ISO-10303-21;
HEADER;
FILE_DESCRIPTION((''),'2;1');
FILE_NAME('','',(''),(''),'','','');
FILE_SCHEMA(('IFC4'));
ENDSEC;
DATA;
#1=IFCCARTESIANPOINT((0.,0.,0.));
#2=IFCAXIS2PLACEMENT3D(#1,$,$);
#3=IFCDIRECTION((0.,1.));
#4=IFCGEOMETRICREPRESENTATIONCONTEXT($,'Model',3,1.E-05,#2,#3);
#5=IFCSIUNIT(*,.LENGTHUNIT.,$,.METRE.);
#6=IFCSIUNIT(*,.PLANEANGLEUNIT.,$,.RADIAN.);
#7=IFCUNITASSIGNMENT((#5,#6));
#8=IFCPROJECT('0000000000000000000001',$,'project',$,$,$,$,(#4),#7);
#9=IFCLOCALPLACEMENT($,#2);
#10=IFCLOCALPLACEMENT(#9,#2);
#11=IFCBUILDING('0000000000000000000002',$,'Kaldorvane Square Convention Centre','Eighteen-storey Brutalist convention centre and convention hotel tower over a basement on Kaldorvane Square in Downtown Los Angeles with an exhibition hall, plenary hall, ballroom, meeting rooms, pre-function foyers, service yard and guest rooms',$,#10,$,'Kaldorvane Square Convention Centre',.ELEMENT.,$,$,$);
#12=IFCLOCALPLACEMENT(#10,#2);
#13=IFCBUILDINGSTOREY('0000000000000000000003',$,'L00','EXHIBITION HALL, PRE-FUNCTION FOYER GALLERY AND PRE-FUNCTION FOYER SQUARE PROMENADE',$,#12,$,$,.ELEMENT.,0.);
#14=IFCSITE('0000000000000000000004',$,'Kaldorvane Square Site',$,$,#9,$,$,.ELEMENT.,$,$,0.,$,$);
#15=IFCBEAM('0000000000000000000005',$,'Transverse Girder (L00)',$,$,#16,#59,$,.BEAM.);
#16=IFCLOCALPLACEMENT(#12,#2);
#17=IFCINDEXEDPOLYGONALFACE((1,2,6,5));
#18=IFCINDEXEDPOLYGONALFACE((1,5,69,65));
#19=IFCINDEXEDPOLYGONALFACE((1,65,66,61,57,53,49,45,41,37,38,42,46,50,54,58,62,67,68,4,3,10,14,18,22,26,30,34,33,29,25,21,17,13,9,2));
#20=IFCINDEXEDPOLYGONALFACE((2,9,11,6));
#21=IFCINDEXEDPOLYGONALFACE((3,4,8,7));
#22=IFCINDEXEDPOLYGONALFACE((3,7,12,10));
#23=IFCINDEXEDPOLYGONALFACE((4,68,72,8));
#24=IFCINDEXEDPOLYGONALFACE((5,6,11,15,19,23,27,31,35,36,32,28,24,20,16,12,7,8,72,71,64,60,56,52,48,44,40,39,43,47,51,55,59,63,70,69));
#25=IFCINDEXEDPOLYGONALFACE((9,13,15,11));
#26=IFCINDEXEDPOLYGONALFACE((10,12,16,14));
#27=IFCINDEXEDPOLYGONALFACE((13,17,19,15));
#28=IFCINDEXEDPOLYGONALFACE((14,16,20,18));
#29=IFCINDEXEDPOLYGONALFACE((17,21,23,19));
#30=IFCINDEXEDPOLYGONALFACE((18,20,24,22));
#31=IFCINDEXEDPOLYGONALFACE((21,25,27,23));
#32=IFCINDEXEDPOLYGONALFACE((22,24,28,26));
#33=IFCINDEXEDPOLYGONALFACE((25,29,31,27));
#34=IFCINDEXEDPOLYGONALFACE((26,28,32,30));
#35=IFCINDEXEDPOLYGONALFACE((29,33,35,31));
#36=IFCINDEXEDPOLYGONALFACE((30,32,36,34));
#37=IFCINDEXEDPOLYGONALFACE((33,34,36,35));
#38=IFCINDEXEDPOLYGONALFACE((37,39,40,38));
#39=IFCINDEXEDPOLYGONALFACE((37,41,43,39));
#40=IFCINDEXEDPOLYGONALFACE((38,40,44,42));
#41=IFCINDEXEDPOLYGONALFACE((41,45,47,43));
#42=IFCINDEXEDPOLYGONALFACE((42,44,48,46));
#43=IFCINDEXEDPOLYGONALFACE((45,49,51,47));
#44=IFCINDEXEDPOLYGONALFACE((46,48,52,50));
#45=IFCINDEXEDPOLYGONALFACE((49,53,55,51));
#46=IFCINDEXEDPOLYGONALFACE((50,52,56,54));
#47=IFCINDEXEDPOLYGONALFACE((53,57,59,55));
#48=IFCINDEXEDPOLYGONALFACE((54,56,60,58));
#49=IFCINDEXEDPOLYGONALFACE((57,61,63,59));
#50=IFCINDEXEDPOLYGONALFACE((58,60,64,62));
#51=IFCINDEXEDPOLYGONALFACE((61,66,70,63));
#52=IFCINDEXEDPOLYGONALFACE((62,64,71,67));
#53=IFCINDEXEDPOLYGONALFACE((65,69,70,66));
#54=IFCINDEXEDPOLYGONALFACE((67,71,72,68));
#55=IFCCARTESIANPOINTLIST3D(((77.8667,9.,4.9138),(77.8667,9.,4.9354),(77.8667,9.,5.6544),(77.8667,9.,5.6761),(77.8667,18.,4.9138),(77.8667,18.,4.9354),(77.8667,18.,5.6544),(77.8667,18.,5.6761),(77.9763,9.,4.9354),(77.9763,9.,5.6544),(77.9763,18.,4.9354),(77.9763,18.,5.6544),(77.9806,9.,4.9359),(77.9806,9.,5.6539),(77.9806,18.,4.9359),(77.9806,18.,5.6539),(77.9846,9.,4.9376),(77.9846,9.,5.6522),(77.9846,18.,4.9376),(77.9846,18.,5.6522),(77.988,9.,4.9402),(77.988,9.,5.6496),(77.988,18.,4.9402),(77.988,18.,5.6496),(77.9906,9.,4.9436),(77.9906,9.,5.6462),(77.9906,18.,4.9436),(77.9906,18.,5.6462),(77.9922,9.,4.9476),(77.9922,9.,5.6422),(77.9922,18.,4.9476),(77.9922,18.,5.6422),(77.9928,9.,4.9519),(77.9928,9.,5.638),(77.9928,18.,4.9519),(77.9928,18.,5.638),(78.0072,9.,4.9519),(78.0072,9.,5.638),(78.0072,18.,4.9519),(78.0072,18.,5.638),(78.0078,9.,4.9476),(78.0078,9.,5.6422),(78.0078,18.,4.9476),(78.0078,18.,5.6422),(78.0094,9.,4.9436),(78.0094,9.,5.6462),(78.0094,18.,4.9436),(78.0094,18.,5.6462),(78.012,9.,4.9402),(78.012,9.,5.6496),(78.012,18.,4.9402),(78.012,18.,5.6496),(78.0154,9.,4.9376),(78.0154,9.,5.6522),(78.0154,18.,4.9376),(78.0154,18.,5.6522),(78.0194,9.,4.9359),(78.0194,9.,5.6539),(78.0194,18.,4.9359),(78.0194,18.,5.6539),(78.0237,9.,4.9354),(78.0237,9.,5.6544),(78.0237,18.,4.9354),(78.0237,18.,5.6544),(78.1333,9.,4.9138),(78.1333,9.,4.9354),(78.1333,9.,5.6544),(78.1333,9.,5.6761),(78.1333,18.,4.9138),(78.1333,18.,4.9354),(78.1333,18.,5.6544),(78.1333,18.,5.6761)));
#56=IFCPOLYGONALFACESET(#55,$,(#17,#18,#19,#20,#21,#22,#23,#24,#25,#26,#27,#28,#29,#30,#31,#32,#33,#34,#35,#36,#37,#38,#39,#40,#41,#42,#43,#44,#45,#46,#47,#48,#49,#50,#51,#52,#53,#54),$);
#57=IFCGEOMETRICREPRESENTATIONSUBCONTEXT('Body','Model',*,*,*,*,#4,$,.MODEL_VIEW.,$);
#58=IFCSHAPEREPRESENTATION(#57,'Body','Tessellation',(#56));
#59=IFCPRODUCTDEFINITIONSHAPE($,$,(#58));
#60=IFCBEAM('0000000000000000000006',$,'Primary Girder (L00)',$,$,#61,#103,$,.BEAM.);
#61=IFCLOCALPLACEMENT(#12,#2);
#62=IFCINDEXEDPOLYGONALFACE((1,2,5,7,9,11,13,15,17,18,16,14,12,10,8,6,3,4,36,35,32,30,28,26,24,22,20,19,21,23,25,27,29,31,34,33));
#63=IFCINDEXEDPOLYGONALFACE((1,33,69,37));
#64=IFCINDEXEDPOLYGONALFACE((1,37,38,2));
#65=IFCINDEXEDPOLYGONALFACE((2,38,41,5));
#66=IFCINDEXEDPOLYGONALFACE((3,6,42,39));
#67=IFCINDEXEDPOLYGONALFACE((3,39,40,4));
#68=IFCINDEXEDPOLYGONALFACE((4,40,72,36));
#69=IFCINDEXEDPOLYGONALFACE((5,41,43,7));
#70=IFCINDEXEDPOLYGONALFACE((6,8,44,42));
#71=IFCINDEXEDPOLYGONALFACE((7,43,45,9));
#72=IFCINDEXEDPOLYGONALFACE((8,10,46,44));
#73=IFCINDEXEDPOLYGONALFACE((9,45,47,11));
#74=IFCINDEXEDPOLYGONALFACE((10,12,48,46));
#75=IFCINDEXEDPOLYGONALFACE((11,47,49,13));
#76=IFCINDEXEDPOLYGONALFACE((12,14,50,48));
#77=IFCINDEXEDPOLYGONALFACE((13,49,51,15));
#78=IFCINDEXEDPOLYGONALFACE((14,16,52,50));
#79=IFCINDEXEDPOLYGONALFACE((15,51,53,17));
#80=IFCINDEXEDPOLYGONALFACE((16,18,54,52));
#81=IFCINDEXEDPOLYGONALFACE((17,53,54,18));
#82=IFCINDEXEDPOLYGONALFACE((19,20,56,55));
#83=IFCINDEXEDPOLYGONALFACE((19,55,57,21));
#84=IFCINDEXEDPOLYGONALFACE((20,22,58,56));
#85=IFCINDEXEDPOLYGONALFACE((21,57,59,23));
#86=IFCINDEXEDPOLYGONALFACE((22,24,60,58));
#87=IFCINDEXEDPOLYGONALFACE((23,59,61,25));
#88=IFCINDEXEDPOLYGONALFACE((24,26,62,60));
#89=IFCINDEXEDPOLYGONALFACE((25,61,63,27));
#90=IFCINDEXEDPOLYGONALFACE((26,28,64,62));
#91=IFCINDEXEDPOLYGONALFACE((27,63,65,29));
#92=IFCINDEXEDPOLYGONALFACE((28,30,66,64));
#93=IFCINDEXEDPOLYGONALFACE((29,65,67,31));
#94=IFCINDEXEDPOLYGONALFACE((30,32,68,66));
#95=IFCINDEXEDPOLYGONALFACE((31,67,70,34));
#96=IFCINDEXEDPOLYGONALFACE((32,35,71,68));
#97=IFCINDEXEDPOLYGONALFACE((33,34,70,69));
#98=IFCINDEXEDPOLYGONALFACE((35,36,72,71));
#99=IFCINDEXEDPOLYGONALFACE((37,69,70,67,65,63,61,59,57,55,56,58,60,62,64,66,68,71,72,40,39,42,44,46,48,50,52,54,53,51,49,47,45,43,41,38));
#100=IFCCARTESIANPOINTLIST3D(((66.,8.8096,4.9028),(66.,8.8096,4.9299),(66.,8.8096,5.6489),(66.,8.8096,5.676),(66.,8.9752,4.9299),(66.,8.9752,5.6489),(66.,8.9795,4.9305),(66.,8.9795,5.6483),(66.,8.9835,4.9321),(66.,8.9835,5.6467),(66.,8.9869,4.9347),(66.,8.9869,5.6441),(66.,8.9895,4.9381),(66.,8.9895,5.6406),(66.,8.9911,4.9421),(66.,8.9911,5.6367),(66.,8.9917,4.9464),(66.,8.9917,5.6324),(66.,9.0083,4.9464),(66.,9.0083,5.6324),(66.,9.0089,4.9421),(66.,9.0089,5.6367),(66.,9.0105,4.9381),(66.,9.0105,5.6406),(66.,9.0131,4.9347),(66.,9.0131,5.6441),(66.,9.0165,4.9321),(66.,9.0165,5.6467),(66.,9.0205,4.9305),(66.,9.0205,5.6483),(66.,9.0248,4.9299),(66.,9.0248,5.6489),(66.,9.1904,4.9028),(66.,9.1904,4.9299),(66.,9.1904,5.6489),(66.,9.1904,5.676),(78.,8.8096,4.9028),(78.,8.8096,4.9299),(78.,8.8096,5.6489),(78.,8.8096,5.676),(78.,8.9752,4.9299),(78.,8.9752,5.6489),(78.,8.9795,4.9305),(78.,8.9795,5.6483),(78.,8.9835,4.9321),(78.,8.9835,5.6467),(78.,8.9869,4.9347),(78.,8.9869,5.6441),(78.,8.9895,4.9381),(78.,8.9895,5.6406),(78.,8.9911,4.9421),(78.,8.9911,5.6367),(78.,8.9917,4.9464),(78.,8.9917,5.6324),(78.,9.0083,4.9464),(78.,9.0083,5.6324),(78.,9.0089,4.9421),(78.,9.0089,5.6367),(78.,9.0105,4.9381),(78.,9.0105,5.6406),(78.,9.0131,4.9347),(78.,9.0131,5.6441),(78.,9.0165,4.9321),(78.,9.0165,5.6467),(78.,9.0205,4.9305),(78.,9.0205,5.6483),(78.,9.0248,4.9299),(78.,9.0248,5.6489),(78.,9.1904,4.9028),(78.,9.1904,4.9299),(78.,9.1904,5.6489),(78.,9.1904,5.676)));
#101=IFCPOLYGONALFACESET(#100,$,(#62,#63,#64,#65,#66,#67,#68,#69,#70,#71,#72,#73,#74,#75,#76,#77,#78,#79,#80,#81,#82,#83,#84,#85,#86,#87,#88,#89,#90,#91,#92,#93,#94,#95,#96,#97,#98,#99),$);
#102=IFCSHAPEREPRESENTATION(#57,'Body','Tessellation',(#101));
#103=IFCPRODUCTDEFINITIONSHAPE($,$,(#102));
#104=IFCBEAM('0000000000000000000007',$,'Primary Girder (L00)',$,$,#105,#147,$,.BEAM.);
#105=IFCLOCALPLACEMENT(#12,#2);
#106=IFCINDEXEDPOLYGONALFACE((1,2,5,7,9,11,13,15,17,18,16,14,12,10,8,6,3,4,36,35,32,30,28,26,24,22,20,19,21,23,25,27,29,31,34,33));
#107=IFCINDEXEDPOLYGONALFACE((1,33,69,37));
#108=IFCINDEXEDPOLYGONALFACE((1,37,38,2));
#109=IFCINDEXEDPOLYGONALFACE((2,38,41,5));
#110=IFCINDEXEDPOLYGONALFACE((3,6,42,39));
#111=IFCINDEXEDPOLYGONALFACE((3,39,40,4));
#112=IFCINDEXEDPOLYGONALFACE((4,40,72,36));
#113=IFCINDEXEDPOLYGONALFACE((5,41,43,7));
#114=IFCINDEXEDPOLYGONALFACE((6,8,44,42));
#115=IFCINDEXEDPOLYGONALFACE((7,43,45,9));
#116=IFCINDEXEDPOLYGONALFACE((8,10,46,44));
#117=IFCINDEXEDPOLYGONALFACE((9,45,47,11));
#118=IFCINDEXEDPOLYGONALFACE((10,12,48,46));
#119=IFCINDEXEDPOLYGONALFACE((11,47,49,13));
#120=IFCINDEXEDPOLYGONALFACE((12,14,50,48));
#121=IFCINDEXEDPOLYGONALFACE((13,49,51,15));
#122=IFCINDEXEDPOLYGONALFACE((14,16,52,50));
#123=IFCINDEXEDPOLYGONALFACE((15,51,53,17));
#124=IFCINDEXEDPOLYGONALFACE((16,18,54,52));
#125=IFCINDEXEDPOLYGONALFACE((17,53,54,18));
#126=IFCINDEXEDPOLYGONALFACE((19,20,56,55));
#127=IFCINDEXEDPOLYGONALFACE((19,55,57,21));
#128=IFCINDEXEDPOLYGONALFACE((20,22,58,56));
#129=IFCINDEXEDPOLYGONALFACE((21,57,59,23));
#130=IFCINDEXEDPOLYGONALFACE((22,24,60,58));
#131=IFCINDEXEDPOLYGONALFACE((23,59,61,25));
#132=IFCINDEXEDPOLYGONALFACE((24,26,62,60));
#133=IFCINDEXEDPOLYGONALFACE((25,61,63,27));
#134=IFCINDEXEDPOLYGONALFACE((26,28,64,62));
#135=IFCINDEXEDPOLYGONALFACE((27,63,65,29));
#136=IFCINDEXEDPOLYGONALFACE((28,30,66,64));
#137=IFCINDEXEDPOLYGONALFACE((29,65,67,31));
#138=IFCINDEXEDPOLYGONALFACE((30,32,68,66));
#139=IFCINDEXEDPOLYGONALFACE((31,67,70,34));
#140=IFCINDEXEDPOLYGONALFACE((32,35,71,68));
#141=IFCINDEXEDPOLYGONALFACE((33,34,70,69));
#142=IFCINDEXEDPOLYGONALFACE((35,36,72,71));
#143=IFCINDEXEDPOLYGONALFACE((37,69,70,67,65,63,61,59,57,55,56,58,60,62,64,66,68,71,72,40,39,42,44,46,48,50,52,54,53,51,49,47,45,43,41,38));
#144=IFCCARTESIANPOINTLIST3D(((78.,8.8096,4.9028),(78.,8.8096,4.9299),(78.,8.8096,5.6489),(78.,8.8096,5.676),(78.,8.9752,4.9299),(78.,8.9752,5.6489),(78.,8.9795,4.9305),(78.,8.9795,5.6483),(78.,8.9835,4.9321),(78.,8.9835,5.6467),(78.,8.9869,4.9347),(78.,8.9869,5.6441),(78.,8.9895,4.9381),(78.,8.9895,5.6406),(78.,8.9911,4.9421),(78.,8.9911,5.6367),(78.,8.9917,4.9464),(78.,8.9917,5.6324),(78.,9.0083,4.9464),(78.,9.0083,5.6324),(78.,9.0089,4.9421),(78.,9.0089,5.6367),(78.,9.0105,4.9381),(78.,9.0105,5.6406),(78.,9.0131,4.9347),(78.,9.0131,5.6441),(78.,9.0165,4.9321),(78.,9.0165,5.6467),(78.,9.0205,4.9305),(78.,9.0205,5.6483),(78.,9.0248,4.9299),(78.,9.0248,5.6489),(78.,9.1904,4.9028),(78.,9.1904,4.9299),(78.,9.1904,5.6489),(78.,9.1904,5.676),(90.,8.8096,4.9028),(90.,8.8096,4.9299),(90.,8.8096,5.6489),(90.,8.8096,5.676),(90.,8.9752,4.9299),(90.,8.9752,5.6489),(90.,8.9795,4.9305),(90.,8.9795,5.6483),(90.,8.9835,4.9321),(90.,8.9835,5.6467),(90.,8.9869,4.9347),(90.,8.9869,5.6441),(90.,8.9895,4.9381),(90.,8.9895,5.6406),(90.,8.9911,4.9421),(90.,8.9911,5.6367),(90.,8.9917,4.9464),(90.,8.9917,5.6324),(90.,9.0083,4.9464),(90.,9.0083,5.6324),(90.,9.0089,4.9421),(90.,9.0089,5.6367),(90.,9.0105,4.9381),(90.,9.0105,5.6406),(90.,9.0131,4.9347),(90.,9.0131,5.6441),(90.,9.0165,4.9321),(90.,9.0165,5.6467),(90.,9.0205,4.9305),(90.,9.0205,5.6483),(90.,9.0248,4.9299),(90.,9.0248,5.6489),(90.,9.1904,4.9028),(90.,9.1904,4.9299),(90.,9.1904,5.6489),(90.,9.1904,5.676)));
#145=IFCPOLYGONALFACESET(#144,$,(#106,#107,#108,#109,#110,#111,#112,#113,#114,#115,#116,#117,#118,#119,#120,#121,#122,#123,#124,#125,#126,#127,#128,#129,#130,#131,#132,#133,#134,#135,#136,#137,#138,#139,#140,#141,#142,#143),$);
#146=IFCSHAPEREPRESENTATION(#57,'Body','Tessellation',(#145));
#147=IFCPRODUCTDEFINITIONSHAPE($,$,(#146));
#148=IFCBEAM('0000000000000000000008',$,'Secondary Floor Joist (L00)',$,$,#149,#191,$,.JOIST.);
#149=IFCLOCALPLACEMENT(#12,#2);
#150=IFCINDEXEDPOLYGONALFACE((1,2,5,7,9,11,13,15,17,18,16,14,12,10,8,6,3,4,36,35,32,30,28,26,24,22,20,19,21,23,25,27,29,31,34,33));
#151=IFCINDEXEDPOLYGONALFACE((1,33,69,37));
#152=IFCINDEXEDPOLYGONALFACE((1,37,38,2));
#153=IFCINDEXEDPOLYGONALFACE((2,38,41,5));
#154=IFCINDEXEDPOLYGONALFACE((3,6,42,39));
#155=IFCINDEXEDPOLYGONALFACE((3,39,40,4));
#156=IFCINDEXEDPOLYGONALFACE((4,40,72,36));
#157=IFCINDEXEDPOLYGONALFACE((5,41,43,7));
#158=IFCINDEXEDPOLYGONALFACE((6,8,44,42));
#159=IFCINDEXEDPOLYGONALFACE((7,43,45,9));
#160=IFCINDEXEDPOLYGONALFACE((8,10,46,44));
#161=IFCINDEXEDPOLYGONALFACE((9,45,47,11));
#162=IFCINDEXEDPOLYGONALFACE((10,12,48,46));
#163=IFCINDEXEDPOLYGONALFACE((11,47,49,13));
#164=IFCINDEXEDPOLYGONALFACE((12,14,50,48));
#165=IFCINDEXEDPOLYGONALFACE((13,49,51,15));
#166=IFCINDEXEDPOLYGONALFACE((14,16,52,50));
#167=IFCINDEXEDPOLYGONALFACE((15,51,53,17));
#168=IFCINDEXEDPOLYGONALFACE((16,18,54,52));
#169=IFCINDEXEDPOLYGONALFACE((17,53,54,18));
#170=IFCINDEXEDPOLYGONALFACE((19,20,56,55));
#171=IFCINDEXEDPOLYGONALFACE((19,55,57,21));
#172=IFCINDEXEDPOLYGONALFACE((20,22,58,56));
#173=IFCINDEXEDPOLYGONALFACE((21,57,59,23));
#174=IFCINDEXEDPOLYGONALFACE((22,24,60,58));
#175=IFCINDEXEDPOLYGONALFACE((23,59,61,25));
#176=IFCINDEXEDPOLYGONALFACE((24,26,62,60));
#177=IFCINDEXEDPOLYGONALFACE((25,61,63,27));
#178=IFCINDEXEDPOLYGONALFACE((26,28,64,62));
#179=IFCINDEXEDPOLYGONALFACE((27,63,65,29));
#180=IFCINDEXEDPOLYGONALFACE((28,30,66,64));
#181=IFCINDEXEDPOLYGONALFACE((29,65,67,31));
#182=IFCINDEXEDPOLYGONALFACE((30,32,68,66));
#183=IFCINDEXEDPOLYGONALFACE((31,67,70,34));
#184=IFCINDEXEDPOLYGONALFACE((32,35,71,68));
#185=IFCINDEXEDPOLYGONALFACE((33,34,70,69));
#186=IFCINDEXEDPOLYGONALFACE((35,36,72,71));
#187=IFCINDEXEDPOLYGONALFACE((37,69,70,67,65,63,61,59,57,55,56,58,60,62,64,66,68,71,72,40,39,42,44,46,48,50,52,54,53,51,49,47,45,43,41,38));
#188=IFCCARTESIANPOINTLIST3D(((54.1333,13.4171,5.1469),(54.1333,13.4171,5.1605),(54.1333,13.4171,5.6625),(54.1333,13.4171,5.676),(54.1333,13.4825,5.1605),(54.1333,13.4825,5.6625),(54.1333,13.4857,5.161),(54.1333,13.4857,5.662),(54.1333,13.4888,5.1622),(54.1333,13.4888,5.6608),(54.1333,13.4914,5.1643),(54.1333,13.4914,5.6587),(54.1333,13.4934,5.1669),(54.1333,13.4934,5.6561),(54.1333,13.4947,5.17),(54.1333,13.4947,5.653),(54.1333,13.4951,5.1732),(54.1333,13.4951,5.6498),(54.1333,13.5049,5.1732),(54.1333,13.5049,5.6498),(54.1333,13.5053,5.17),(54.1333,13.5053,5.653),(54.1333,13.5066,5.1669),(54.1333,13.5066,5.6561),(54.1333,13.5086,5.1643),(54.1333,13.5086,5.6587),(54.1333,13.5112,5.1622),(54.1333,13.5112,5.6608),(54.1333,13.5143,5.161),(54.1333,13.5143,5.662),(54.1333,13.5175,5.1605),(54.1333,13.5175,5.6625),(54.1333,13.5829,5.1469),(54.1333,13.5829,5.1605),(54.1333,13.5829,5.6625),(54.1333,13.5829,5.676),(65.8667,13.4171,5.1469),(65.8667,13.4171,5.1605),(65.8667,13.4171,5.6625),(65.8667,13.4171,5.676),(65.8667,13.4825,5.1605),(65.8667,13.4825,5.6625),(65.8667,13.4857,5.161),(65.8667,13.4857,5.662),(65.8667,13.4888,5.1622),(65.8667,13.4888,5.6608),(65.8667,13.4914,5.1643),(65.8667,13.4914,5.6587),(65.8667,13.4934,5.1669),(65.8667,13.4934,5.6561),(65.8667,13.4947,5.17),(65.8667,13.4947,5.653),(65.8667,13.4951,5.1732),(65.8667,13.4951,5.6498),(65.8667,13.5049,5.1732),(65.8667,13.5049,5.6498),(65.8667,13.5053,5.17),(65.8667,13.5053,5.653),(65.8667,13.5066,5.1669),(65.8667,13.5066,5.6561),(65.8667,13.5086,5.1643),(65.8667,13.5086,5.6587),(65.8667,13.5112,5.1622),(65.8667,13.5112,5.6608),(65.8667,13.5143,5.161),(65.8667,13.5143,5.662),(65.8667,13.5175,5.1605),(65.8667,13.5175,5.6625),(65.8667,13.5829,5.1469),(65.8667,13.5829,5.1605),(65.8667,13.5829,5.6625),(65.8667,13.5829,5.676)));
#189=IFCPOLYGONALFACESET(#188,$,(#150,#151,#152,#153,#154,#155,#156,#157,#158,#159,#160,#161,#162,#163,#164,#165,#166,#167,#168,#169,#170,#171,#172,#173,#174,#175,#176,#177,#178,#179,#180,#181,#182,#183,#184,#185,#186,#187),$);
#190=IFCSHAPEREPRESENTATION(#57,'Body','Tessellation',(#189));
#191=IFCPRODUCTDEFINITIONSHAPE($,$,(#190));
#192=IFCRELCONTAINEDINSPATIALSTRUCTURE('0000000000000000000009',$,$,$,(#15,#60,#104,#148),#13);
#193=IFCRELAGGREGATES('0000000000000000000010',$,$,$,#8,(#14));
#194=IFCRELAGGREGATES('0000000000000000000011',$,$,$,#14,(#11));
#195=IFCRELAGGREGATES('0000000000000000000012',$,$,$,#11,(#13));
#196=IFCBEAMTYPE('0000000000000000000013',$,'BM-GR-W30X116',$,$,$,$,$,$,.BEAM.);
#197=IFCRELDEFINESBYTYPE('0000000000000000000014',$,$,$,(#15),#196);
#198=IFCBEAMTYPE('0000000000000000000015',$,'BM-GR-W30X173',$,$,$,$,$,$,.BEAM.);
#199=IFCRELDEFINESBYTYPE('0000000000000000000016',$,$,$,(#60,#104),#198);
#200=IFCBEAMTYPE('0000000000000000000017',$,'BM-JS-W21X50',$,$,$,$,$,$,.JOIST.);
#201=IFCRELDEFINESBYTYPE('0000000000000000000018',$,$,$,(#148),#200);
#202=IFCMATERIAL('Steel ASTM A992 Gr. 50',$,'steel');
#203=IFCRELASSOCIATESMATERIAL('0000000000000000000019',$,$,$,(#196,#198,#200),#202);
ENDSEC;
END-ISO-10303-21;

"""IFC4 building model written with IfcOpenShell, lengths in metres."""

from ifc_helpers import new_model, si_unit, direction, frame, origin, origin_2d, place, context, subcontext, project, spatial, i_section, extrude, material, material_profile, profile_set, type_object, element, save


model = new_model("IFC4")

# Units and contexts
model_context = context("Model", 3, precision=1e-05, world=origin(), true_north=direction((0.0, 1.0)))
body_context = subcontext(model_context, "Body", "Model", "MODEL_VIEW")
ifc_project = project(units=[si_unit("LENGTHUNIT", "METRE"), si_unit("PLANEANGLEUNIT", "RADIAN")], contexts=[model_context])

# Site, building, storey
site_placement = place(None, origin())
site = spatial("IfcSite", under=ifc_project, at=site_placement, Name="Kaldorvane Square Site", CompositionType="ELEMENT", RefElevation=0.0)
building_placement = place(site_placement, origin())
building = spatial("IfcBuilding", under=site, at=building_placement, Name="Kaldorvane Square Convention Centre", Description="Eighteen-storey Brutalist convention centre and convention hotel tower over a basement on Kaldorvane Square in Downtown Los Angeles with an exhibition hall, plenary hall, ballroom, meeting rooms, pre-function foyers, service yard and guest rooms", LongName="Kaldorvane Square Convention Centre", CompositionType="ELEMENT")
storey_placement = place(building_placement, origin())
storey = spatial("IfcBuildingStorey", under=building, at=storey_placement, Name="L00", Description="EXHIBITION HALL, PRE-FUNCTION FOYER GALLERY AND PRE-FUNCTION FOYER SQUARE PROMENADE", CompositionType="ELEMENT", Elevation=0.0)

# Shared definitions
ifc_material_1 = material(Name="Steel ASTM A992 Gr. 50", Category="steel")

# Beams
ifc_material_profile_1 = material_profile(ifc_material_1, i_section(OverallWidth=0.2666, OverallDepth=0.7623, WebThickness=0.0144, FlangeThickness=0.0216, FilletRadius=0.0165, at=origin_2d()), Name="W30X116")
ifc_profile_set_1 = profile_set([ifc_material_profile_1], Name="Steel ASTM A992 Gr. 50")
beam_type_1 = type_object("IfcBeamType", Name="BM-GR-W30X116", PredefinedType="BEAM", material=ifc_profile_set_1)
for number, where, z_axis, x_axis, name in (
    (1, (78.0, 9.0, 5.2949), (0.0, 1.0, 0.0), (-1.0, 0.0, 0.0), "Transverse Girder (L00)"),
):
    element("IfcBeam", number, at=place(storey_placement, frame(where, z_axis=z_axis, x_axis=x_axis)), inside=storey, type_object=beam_type_1, Name=name, PredefinedType="BEAM", context=body_context, shape_type="SweptSolid", body=[
        extrude(i_section(OverallWidth=0.2666, OverallDepth=0.7623, WebThickness=0.0144, FlangeThickness=0.0216, FilletRadius=0.0165, at=origin_2d()), origin(), (0.0, 0.0, 1.0), 9.0),
    ])
ifc_material_profile_2 = material_profile(ifc_material_1, i_section(OverallWidth=0.3807, OverallDepth=0.7732, WebThickness=0.0166, FlangeThickness=0.0271, FilletRadius=0.0165, at=origin_2d()), Name="W30X173")
ifc_profile_set_2 = profile_set([ifc_material_profile_2], Name="Steel ASTM A992 Gr. 50")
beam_type_2 = type_object("IfcBeamType", Name="BM-GR-W30X173", PredefinedType="BEAM", material=ifc_profile_set_2)
for number, where, z_axis, x_axis, name in (
    (2, (66.0, 9.0, 5.2894), (1.0, 0.0, 0.0), (0.0, 1.0, 0.0), "Primary Girder (L00)"),
    (3, (78.0, 9.0, 5.2894), (1.0, 0.0, 0.0), (0.0, 1.0, 0.0), "Primary Girder (L00)"),
):
    element("IfcBeam", number, at=place(storey_placement, frame(where, z_axis=z_axis, x_axis=x_axis)), inside=storey, type_object=beam_type_2, Name=name, PredefinedType="BEAM", context=body_context, shape_type="SweptSolid", body=[
        extrude(i_section(OverallWidth=0.3807, OverallDepth=0.7732, WebThickness=0.0166, FlangeThickness=0.0271, FilletRadius=0.0165, at=origin_2d()), origin(), (0.0, 0.0, 1.0), 12.0),
    ])
ifc_material_profile_3 = material_profile(ifc_material_1, i_section(OverallWidth=0.1659, OverallDepth=0.5291, WebThickness=0.0097, FlangeThickness=0.0136, FilletRadius=0.0127, at=origin_2d()), Name="W21X50")
ifc_profile_set_3 = profile_set([ifc_material_profile_3], Name="Steel ASTM A992 Gr. 50")
beam_type_3 = type_object("IfcBeamType", Name="BM-JS-W21X50", PredefinedType="JOIST", material=ifc_profile_set_3)
for number, where, z_axis, x_axis, name in (
    (4, (54.1333, 13.5, 5.4115), (1.0, 0.0, 0.0), (0.0, 1.0, 0.0), "Secondary Floor Joist (L00)"),
):
    element("IfcBeam", number, at=place(storey_placement, frame(where, z_axis=z_axis, x_axis=x_axis)), inside=storey, type_object=beam_type_3, Name=name, PredefinedType="JOIST", context=body_context, shape_type="SweptSolid", body=[
        extrude(i_section(OverallWidth=0.1659, OverallDepth=0.5291, WebThickness=0.0097, FlangeThickness=0.0136, FilletRadius=0.0127, at=origin_2d()), origin(), (0.0, 0.0, 1.0), 11.7334),
    ])

save(model, "model.ifc")
